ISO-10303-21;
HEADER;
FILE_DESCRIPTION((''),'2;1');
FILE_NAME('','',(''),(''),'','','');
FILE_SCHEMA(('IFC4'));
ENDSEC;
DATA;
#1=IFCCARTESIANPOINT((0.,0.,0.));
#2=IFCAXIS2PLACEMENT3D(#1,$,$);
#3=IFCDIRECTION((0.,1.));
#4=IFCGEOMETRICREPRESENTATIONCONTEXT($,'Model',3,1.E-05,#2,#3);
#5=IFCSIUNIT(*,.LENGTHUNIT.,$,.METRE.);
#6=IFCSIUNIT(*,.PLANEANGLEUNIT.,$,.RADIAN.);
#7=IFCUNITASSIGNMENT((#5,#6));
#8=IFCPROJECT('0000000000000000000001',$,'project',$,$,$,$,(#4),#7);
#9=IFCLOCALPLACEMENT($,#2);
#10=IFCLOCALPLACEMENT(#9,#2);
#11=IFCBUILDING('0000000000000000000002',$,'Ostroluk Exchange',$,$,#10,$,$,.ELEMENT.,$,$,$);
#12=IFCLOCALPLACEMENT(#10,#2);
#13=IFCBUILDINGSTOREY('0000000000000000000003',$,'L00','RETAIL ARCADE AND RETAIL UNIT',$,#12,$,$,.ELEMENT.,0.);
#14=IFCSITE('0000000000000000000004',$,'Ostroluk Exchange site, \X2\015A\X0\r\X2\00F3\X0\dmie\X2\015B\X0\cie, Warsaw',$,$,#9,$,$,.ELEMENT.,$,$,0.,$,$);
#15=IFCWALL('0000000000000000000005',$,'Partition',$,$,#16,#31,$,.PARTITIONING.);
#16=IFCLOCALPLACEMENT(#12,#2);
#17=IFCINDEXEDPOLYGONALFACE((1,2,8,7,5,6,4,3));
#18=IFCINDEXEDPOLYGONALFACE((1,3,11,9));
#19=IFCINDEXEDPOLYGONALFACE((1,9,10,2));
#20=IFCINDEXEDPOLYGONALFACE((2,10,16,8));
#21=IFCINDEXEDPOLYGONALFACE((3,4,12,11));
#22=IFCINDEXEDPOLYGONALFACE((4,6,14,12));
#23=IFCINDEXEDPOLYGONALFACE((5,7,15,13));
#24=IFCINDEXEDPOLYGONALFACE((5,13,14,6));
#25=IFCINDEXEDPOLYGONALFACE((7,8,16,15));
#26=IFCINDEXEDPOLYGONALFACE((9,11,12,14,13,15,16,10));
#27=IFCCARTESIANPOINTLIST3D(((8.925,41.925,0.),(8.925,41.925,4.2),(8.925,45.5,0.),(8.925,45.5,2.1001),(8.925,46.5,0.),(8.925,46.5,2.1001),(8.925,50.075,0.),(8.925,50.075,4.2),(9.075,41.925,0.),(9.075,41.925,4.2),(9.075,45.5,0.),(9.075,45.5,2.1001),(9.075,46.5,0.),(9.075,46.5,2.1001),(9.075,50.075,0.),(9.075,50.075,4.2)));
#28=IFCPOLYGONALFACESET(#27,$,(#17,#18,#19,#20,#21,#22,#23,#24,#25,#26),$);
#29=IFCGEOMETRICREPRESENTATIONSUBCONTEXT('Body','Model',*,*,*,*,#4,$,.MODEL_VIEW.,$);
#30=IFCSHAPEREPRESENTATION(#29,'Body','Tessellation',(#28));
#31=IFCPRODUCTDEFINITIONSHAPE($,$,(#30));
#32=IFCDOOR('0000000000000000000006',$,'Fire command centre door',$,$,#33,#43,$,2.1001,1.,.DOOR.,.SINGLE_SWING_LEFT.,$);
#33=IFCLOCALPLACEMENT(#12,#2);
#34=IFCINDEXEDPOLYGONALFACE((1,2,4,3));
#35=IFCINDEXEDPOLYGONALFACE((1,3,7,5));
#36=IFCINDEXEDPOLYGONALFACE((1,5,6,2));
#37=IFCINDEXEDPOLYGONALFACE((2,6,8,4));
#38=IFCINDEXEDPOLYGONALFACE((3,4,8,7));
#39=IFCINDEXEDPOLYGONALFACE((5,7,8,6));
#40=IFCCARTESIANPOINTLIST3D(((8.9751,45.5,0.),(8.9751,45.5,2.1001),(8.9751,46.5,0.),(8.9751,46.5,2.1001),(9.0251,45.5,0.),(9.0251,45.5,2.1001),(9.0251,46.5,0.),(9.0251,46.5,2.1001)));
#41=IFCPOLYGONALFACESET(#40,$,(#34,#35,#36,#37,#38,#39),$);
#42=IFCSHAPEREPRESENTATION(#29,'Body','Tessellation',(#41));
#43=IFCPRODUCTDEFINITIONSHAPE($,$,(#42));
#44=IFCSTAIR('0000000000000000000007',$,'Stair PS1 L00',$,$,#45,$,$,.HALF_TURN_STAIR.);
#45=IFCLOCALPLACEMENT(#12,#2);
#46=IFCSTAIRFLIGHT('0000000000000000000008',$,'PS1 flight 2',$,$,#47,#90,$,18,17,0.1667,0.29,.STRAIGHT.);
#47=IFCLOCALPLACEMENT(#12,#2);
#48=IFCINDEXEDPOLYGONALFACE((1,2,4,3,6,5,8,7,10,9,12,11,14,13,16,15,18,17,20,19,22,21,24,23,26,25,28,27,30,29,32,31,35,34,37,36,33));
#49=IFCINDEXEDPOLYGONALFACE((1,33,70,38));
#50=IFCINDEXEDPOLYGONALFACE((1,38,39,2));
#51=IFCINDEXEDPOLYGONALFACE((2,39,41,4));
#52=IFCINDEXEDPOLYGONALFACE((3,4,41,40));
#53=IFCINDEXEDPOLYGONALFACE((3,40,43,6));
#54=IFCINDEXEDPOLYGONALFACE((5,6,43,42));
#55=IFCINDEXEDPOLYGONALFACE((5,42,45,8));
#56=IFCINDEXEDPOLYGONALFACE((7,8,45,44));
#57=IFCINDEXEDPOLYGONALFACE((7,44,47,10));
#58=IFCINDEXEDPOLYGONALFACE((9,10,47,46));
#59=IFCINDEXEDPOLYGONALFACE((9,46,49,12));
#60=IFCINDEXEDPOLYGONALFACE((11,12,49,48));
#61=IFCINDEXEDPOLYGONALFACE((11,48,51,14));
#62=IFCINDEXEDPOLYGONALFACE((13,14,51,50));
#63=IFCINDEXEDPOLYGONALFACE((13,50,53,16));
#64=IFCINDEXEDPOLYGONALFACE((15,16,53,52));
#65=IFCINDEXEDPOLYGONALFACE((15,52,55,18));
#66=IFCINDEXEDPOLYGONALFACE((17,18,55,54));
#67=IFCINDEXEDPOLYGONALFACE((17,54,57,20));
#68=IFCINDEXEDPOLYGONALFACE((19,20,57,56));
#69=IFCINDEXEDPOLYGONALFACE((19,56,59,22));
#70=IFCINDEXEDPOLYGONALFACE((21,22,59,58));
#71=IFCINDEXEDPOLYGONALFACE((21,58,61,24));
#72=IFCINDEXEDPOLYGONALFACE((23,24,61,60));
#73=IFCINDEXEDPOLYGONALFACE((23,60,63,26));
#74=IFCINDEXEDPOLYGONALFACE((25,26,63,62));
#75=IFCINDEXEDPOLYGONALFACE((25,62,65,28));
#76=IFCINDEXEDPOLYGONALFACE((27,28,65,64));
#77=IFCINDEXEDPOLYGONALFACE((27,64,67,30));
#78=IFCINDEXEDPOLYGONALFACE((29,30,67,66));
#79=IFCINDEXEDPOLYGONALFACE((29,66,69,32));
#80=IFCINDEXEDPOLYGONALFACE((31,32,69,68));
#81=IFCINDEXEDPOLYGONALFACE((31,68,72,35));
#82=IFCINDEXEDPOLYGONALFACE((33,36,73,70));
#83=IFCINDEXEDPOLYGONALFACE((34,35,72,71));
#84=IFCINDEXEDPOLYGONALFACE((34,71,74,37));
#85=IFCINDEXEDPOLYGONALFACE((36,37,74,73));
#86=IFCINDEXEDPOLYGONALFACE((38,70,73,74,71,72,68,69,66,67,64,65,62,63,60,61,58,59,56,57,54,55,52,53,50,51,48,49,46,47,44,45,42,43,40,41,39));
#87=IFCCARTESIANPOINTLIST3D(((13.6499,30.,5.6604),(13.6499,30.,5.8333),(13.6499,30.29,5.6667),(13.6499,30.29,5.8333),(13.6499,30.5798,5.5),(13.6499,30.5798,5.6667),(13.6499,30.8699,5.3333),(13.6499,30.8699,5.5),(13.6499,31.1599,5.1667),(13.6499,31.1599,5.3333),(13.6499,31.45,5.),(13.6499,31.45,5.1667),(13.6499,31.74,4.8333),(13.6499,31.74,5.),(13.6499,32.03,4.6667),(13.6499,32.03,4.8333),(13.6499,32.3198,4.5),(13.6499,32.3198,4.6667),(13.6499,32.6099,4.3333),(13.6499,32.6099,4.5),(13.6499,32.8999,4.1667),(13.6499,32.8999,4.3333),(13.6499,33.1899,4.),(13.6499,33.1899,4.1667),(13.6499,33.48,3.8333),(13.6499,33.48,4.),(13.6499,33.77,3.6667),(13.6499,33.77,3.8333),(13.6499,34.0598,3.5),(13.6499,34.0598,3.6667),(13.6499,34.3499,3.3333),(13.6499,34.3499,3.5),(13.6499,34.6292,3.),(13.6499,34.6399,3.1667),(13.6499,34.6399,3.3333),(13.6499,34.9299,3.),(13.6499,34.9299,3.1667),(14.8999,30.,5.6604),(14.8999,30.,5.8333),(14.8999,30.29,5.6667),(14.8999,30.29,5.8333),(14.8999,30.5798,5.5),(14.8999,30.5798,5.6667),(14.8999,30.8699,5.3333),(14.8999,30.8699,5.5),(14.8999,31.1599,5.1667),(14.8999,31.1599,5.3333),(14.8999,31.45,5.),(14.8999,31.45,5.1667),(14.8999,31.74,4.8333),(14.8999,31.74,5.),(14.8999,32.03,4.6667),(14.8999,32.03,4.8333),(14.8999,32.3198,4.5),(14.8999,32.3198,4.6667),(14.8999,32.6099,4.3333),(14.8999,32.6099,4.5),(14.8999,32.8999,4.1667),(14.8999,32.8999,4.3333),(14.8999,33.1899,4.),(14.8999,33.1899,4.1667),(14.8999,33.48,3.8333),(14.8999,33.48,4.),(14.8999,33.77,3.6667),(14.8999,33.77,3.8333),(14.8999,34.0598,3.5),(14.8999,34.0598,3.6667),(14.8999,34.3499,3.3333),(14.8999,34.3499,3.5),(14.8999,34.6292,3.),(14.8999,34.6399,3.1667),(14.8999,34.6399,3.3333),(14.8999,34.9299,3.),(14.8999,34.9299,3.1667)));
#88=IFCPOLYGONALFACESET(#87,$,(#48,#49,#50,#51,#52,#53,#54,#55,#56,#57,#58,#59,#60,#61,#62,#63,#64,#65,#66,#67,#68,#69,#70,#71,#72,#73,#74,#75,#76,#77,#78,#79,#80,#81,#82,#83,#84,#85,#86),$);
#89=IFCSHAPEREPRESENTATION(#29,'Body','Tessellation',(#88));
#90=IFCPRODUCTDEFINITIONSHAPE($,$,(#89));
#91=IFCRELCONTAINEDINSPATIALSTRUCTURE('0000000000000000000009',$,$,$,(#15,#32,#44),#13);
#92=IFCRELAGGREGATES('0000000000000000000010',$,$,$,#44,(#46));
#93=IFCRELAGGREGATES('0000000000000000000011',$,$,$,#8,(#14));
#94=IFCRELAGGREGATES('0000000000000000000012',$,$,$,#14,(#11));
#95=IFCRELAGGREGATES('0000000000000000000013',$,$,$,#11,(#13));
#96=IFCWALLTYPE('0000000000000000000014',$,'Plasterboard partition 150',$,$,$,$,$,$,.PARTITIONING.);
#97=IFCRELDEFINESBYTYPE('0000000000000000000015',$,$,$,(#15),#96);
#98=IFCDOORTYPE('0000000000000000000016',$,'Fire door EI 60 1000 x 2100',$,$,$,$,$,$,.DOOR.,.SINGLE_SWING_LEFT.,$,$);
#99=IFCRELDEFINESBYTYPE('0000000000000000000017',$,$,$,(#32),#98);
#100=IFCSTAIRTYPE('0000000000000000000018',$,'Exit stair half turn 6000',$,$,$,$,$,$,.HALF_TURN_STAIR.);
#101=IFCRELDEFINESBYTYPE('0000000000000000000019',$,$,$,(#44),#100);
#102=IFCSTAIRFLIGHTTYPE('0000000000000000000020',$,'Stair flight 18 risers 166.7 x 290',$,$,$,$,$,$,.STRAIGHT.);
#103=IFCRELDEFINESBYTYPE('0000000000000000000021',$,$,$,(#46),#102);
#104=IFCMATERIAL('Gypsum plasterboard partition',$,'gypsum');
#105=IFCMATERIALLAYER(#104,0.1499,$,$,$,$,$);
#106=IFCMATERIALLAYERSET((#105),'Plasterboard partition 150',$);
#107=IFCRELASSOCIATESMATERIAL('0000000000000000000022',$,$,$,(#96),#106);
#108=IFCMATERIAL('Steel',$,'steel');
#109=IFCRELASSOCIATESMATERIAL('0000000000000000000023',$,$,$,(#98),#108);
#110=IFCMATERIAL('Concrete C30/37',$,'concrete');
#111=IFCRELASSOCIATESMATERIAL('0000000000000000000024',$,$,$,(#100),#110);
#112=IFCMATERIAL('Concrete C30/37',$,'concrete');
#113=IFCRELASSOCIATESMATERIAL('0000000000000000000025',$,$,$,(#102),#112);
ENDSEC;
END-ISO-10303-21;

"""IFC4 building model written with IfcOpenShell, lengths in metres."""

from ifc_helpers import new_model, si_unit, direction, frame, frame_2d, origin, place, context, subcontext, project, spatial, polyline, rectangle, outline, extrude, material, layer, layer_set, type_object, element, fill, aggregate, save


model = new_model("IFC4")

# Units and contexts
model_context = context("Model", 3, precision=1e-05, world=origin(), true_north=direction((0.0, 1.0)))
body_context = subcontext(model_context, "Body", "Model", "MODEL_VIEW")
ifc_project = project(units=[si_unit("LENGTHUNIT", "METRE"), si_unit("PLANEANGLEUNIT", "RADIAN")], contexts=[model_context])

# Site, building, storey
site_placement = place(None, origin())
site = spatial("IfcSite", under=ifc_project, at=site_placement, Name="Ostroluk Exchange site, Śródmieście, Warsaw", CompositionType="ELEMENT", RefElevation=0.0)
building_placement = place(site_placement, origin())
building = spatial("IfcBuilding", under=site, at=building_placement, Name="Ostroluk Exchange", CompositionType="ELEMENT")
storey_placement = place(building_placement, origin())
storey = spatial("IfcBuildingStorey", under=building, at=storey_placement, Name="L00", Description="RETAIL ARCADE AND RETAIL UNIT", CompositionType="ELEMENT", Elevation=0.0)

# Wall, opening, door
ifc_material_1 = material(Name="Gypsum plasterboard partition", Category="gypsum")
ifc_layer_1 = layer(ifc_material_1, 0.1499)
ifc_layer_set_1 = layer_set([ifc_layer_1], Name="Plasterboard partition 150")
wall_type_1 = type_object("IfcWallType", Name="Plasterboard partition 150", PredefinedType="PARTITIONING", material=ifc_layer_set_1)
wall_1_placement = place(storey_placement, frame((9.0, 41.925, 0.0), z_axis=(0.0, 0.0, 1.0), x_axis=(0.0, 1.0, 0.0)))
wall_1 = element("IfcWall", 1, at=wall_1_placement, inside=storey, type_object=wall_type_1, Name="Partition", PredefinedType="PARTITIONING", context=body_context, shape_type="SweptSolid", body=[
    extrude(rectangle(XDim=8.1499, YDim=0.1499, at=frame_2d((4.075, 0.0))), origin(), (0.0, 0.0, 1.0), 4.2),
])
opening_placement = place(wall_1_placement, frame((3.575, 0.0, 0.0)))
opening = element("IfcOpeningElement", 2, at=opening_placement, cuts=wall_1, PredefinedType="OPENING", context=body_context, shape_type="SweptSolid", body=[
    extrude(rectangle(XDim=1.0, YDim=2.1001, at=frame_2d((0.5, 1.05))), frame((0.0, 0.085, 0.0), z_axis=(0.0, -1.0, 0.0), x_axis=(1.0, 0.0, 0.0)), (0.0, 0.0, 1.0), 0.1699),
])
ifc_material_2 = material(Name="Steel", Category="steel")
door_type = type_object("IfcDoorType", Name="Fire door EI 60 1000 x 2100", OperationType="SINGLE_SWING_LEFT", PredefinedType="DOOR", material=ifc_material_2)
door_placement = place(opening_placement, origin())
door = element("IfcDoor", 3, at=door_placement, inside=storey, type_object=door_type, Name="Fire command centre door", OperationType="SINGLE_SWING_LEFT", OverallHeight=2.1001, OverallWidth=1.0, PredefinedType="DOOR", context=body_context, shape_type="SweptSolid", body=[
    extrude(rectangle(XDim=1.0, YDim=2.1001, at=frame_2d((0.5, 1.05))), frame((0.0, 0.0249, 0.0), z_axis=(0.0, -1.0, 0.0), x_axis=(1.0, 0.0, 0.0)), (0.0, 0.0, 1.0), 0.05),
])
fill(opening, door)

# Stair, stair flight
ifc_material_3 = material(Name="Concrete C30/37", Category="concrete")
stair_type = type_object("IfcStairType", Name="Exit stair half turn 6000", PredefinedType="HALF_TURN_STAIR", material=ifc_material_3)
stair_placement = place(storey_placement, origin())
stair = element("IfcStair", 4, at=stair_placement, inside=storey, type_object=stair_type, Name="Stair PS1 L00", PredefinedType="HALF_TURN_STAIR")
ifc_material_4 = material(Name="Concrete C30/37", Category="concrete")
stair_flight_type = type_object("IfcStairFlightType", Name="Stair flight 18 risers 166.7 x 290", PredefinedType="STRAIGHT", material=ifc_material_4)
stair_flight_placement = place(storey_placement, frame((14.2749, 34.9299, 3.0), z_axis=(0.0, 0.0, 1.0), x_axis=(0.0, -1.0, 0.0)))
stair_flight = element("IfcStairFlight", 5, at=stair_flight_placement, type_object=stair_flight_type, Name="PS1 flight 2", NumberOfRisers=18, NumberOfTreads=17, PredefinedType="STRAIGHT", RiserHeight=0.1667, TreadLength=0.29, context=body_context, shape_type="SweptSolid", body=[
    extrude(outline(polyline([(0.0, 0.0), (0.0, 0.1667), (0.29, 0.1667), (0.29, 0.3333), (0.5801, 0.3333), (0.5801, 0.5), (0.8701, 0.5), (0.8701, 0.6667), (1.1599, 0.6667), (1.1599, 0.8333), (1.45, 0.8333), (1.45, 1.0), (1.74, 1.0), (1.74, 1.1667), (2.03, 1.1667), (2.03, 1.3333), (2.3201, 1.3333), (2.3201, 1.5), (2.6101, 1.5), (2.6101, 1.6667), (2.8999, 1.6667), (2.8999, 1.8333), (3.1899, 1.8333), (3.1899, 2.0), (3.48, 2.0), (3.48, 2.1667), (3.77, 2.1667), (3.77, 2.3333), (4.0601, 2.3333), (4.0601, 2.5), (4.3501, 2.5), (4.3501, 2.6667), (4.6399, 2.6667), (4.6399, 2.8333), (4.9299, 2.8333), (4.9299, 3.0), (4.9299, 2.6604), (0.3008, 0.0), (0.0, 0.0)])), frame((0.0, 0.625, 0.0), z_axis=(0.0, -1.0, 0.0), x_axis=(1.0, 0.0, 0.0)), (0.0, 0.0, 1.0), 1.25),
])
aggregate(stair, [stair_flight])

save(model, "model.ifc")
